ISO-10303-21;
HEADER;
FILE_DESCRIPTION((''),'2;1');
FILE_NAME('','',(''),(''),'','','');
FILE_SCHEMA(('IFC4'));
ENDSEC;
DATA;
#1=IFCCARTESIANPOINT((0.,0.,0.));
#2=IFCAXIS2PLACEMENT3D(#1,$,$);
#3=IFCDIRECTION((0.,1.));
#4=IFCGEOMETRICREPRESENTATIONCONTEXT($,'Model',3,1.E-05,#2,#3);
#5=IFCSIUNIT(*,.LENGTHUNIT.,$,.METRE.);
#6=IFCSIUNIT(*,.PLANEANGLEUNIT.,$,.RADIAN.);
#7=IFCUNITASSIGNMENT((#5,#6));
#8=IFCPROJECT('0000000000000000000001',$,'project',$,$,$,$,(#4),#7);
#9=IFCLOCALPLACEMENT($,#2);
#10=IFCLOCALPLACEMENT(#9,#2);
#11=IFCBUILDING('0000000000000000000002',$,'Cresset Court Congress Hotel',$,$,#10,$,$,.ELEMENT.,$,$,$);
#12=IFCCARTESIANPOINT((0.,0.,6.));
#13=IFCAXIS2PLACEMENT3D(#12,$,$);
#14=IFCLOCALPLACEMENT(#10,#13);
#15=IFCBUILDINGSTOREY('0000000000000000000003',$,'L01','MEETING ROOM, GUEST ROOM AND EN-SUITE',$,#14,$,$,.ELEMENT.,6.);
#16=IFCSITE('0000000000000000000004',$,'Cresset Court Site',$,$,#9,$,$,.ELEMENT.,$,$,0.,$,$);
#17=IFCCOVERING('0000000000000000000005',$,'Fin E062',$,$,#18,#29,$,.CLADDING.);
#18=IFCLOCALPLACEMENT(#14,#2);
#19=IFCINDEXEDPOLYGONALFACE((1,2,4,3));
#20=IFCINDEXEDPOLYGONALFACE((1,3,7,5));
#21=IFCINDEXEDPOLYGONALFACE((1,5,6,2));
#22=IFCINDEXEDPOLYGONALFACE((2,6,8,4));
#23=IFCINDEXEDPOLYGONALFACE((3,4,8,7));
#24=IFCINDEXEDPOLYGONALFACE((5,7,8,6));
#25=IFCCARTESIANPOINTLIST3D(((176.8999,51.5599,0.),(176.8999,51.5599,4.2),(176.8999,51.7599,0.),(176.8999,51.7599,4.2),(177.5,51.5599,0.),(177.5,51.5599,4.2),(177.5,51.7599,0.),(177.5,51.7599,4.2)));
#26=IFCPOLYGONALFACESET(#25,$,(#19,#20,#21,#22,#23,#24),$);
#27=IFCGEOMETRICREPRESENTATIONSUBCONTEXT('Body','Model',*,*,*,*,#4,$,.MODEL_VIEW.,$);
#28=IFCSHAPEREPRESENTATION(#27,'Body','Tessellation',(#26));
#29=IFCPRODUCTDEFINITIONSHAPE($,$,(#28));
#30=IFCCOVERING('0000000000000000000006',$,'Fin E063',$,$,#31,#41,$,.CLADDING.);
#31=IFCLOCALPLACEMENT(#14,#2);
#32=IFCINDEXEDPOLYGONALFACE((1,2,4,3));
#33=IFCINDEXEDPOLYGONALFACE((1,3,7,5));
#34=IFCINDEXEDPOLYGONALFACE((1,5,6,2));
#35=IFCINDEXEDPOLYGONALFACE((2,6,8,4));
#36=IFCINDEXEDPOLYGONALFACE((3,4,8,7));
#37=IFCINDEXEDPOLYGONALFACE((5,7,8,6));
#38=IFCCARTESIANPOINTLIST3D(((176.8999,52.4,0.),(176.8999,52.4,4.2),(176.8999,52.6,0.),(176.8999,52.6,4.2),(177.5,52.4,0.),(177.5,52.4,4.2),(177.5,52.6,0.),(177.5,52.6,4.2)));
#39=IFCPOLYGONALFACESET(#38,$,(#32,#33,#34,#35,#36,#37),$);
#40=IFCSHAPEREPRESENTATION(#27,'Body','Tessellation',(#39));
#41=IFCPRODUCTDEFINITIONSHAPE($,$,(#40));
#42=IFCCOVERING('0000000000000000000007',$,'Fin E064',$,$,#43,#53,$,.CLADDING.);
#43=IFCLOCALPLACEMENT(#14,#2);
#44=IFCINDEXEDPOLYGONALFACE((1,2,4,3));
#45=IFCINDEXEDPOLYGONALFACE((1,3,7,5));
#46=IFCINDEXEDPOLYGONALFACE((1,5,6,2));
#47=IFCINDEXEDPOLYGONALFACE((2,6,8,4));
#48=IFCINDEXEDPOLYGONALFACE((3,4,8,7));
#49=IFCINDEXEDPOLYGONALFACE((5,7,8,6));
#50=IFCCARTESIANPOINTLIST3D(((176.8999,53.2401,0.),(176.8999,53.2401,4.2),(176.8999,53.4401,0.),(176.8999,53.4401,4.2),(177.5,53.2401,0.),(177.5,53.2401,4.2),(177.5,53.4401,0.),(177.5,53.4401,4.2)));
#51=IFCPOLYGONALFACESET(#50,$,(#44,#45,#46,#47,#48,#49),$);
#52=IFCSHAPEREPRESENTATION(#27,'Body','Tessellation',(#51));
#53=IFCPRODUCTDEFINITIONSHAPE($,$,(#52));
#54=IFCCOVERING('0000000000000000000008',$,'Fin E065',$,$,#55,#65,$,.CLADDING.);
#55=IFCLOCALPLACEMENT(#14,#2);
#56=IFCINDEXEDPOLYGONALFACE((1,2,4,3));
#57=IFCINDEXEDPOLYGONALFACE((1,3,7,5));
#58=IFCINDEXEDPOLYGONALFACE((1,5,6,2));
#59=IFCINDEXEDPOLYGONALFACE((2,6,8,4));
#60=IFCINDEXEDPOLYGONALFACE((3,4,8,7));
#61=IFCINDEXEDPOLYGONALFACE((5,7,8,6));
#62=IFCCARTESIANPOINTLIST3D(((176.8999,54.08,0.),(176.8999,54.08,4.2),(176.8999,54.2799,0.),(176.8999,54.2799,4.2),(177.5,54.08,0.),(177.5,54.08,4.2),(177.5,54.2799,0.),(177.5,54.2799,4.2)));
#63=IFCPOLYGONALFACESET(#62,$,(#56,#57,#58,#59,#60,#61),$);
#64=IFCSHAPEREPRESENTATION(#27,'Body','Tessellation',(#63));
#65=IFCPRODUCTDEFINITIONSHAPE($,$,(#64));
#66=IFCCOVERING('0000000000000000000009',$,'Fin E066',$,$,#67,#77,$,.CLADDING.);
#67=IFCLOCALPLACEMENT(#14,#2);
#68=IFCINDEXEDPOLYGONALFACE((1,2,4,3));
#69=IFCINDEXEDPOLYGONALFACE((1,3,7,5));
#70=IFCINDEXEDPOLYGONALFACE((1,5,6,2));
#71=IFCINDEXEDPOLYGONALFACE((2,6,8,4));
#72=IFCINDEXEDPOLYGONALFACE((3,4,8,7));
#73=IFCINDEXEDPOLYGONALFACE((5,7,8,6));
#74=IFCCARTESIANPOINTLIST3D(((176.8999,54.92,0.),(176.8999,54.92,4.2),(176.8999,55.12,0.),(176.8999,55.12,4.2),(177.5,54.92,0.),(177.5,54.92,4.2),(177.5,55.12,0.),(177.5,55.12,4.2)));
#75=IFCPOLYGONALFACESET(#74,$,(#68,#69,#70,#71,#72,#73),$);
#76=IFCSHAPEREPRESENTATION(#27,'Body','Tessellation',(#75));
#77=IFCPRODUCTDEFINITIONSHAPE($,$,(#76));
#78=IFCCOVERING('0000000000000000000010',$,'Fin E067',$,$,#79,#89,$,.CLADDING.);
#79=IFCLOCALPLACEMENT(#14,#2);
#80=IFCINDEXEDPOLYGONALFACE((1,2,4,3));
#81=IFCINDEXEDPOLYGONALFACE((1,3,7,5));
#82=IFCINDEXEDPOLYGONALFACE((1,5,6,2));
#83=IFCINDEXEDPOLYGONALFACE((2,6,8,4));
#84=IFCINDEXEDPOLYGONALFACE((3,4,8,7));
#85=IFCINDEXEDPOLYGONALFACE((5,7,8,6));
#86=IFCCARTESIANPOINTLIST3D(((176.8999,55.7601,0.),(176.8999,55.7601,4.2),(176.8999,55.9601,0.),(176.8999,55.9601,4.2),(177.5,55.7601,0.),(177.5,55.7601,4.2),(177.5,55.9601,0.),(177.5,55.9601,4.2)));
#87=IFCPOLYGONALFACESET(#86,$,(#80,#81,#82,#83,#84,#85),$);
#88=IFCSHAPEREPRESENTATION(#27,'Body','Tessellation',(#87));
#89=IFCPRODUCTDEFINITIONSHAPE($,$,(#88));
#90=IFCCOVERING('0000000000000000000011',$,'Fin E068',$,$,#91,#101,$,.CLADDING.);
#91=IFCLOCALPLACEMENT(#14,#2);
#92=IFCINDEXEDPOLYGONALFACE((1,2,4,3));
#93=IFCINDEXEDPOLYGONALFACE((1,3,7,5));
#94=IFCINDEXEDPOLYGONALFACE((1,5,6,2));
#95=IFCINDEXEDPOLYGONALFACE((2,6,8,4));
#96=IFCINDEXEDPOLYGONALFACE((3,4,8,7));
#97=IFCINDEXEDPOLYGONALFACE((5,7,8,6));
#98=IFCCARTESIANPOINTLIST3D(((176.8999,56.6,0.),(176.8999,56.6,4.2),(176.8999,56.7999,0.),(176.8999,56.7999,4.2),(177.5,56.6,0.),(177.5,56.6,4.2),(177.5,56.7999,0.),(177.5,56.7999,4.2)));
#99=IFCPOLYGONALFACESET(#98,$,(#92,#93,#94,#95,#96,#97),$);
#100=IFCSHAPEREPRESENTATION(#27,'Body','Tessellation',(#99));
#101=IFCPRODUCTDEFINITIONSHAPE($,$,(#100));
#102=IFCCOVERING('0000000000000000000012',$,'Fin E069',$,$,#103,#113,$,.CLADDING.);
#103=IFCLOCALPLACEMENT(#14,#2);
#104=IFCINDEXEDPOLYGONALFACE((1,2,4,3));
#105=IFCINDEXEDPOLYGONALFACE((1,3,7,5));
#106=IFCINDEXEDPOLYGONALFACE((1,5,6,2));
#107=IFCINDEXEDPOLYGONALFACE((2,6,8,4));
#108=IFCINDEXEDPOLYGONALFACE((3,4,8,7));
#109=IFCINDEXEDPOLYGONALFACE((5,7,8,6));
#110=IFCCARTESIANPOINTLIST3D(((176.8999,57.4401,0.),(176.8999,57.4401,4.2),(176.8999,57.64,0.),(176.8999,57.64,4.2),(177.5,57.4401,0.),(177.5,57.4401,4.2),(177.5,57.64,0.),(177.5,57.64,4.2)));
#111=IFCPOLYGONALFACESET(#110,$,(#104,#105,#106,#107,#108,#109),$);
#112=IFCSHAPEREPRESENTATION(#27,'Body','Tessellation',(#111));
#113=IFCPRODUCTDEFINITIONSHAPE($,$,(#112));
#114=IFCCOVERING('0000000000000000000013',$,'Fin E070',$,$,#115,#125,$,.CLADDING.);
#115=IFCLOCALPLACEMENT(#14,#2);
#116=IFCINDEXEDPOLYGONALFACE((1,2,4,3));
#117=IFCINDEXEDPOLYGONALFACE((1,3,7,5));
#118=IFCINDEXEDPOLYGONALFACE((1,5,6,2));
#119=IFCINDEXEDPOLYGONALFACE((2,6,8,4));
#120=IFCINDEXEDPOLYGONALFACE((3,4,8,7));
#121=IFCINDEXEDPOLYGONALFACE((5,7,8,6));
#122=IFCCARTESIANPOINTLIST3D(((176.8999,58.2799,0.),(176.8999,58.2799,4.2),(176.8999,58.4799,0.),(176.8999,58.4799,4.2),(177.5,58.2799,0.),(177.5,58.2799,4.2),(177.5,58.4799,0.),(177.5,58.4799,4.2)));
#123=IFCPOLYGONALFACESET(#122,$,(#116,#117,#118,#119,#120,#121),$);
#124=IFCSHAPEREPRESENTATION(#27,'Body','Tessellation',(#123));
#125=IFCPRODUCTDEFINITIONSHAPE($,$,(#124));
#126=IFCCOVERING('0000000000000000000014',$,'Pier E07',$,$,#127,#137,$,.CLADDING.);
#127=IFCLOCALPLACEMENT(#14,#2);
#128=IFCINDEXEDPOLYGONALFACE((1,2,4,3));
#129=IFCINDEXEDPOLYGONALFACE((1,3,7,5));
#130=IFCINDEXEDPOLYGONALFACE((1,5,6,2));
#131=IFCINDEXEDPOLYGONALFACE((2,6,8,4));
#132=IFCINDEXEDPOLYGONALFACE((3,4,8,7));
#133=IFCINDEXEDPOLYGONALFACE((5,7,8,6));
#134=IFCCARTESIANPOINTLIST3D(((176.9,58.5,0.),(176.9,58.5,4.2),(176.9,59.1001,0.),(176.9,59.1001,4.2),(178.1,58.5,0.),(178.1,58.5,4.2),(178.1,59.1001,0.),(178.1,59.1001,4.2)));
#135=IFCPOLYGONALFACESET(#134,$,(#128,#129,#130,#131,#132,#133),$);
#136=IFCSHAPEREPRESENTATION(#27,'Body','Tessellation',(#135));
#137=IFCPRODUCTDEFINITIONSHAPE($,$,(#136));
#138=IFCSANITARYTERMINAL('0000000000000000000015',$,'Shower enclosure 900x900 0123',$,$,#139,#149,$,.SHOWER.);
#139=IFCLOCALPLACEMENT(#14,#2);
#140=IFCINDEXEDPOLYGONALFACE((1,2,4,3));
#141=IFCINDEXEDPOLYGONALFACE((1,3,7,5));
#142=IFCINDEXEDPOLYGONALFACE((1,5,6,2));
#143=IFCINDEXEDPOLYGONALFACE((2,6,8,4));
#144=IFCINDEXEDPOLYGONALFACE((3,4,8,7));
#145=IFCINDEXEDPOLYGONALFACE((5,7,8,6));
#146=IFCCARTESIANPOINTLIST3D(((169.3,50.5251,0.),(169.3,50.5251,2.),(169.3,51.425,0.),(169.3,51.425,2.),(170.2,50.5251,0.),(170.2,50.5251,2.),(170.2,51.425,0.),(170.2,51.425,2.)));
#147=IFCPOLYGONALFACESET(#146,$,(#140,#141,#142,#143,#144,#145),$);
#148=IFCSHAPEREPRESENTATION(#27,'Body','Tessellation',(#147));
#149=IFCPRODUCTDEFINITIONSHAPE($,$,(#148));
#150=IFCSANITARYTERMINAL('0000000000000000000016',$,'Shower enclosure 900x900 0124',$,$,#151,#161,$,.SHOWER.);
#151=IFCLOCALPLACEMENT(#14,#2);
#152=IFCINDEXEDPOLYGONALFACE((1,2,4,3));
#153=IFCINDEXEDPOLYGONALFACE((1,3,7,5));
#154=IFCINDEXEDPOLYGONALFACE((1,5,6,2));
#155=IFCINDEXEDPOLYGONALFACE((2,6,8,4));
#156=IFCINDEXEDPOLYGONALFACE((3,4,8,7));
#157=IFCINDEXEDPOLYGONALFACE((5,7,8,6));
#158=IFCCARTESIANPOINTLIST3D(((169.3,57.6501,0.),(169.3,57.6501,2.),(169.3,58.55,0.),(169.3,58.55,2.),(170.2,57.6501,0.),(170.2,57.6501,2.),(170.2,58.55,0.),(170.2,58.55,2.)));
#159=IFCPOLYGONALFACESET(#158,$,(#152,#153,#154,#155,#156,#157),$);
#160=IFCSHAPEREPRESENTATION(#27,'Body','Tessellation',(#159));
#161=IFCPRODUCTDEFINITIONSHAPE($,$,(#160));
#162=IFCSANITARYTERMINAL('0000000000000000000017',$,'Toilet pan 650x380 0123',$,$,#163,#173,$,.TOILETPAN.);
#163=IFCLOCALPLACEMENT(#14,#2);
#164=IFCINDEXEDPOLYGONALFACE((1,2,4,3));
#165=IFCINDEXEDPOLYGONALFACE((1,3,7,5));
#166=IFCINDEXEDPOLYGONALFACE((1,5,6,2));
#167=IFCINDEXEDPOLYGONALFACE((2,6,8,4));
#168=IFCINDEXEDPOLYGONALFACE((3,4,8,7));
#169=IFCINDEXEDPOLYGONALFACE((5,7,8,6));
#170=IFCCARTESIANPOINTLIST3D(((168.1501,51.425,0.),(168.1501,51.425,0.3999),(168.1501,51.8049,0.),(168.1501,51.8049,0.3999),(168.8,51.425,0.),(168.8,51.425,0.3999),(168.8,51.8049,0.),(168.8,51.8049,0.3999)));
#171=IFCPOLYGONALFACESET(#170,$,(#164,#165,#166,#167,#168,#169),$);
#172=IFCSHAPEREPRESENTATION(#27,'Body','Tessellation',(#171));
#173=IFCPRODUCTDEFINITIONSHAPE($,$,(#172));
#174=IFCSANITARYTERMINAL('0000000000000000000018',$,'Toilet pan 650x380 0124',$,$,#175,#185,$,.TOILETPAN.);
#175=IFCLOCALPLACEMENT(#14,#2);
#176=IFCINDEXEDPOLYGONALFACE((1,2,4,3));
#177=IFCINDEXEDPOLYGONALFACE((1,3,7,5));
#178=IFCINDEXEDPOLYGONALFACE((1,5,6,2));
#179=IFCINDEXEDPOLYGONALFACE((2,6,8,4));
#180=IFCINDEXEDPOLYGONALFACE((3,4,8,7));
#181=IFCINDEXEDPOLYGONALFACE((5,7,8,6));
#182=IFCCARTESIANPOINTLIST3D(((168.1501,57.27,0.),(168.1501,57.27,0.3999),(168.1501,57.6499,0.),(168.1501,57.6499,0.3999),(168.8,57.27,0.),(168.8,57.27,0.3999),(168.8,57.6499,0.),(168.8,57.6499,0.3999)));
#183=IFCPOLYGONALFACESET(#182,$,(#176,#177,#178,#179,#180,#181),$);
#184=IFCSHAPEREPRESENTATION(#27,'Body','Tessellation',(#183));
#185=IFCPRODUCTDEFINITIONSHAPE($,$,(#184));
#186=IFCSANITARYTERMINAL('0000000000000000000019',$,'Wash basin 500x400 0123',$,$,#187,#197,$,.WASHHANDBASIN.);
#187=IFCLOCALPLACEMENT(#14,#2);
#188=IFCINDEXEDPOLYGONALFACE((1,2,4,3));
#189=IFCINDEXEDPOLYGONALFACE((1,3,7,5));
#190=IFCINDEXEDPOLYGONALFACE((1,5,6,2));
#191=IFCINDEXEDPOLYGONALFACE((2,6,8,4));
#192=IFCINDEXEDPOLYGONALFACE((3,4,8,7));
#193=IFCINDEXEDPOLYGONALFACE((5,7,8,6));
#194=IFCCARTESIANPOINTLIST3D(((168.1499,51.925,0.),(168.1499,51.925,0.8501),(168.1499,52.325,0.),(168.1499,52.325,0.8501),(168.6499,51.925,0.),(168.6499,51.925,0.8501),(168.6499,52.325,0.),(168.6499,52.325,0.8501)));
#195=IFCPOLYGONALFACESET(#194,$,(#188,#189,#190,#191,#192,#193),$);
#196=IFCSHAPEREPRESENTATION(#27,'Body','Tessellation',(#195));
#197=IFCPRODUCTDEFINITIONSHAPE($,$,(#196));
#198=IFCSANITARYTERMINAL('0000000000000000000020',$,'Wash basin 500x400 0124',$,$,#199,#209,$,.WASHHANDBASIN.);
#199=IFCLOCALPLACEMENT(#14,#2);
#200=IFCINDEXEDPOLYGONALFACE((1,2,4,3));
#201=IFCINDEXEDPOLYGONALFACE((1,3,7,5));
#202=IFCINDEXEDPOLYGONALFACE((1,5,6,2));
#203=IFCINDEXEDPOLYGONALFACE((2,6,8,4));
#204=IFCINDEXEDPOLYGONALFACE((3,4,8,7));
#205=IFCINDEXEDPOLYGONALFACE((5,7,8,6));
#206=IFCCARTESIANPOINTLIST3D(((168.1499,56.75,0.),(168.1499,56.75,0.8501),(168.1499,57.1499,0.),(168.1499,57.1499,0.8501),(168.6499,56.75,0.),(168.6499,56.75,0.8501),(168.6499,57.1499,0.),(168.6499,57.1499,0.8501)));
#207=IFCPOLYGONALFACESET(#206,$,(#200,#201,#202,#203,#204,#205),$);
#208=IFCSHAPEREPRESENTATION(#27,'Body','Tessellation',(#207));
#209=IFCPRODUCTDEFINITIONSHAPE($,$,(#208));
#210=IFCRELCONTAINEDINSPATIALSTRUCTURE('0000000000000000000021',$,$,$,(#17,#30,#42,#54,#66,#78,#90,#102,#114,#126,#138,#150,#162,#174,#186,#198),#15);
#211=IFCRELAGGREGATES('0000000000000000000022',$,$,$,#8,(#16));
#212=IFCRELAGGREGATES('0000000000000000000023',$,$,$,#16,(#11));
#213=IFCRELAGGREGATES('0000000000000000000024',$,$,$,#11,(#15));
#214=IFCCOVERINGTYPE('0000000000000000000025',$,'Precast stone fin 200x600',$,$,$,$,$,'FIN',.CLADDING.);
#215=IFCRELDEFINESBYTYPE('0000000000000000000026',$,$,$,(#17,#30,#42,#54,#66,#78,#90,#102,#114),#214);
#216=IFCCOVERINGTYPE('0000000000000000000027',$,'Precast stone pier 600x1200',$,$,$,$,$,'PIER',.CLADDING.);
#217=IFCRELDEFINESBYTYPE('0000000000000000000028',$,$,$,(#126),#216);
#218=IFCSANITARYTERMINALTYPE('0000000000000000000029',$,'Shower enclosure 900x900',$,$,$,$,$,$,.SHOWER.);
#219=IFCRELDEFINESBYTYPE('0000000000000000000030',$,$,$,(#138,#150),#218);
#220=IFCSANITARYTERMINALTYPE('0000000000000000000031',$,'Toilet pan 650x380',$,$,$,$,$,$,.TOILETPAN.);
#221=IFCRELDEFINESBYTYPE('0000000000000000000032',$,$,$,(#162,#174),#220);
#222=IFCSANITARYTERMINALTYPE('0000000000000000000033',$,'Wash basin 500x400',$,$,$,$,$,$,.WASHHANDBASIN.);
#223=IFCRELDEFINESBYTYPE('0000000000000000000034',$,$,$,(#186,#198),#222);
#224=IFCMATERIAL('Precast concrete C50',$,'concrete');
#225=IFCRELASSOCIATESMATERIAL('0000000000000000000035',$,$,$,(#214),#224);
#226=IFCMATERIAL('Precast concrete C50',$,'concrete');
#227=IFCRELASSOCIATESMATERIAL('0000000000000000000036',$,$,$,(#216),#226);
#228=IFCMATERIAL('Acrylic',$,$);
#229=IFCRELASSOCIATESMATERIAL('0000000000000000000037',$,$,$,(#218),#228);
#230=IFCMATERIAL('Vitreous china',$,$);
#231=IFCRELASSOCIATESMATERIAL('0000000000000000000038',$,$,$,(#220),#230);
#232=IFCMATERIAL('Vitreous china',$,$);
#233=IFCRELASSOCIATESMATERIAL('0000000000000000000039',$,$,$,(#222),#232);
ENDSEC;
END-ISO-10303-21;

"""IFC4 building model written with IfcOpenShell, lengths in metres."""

from ifc_helpers import new_model, si_unit, direction, frame, origin, origin_2d, place, context, subcontext, project, spatial, rectangle, extrude, material, type_object, element, save


model = new_model("IFC4")

# Units and contexts
model_context = context("Model", 3, precision=1e-05, world=origin(), true_north=direction((0.0, 1.0)))
body_context = subcontext(model_context, "Body", "Model", "MODEL_VIEW")
ifc_project = project(units=[si_unit("LENGTHUNIT", "METRE"), si_unit("PLANEANGLEUNIT", "RADIAN")], contexts=[model_context])

# Site, building, storey
site_placement = place(None, origin())
site = spatial("IfcSite", under=ifc_project, at=site_placement, Name="Cresset Court Site", CompositionType="ELEMENT", RefElevation=0.0)
building_placement = place(site_placement, origin())
building = spatial("IfcBuilding", under=site, at=building_placement, Name="Cresset Court Congress Hotel", CompositionType="ELEMENT")
storey_placement = place(building_placement, frame((0.0, 0.0, 6.0)))
storey = spatial("IfcBuildingStorey", under=building, at=storey_placement, Name="L01", Description="MEETING ROOM, GUEST ROOM AND EN-SUITE", CompositionType="ELEMENT", Elevation=6.0)

# Coverings
ifc_material_1 = material(Name="Precast concrete C50", Category="concrete")
covering_type_1 = type_object("IfcCoveringType", Name="Precast stone fin 200x600", ElementType="FIN", PredefinedType="CLADDING", material=ifc_material_1)
for number, where, z_axis, x_axis, name in (
    (1, (177.2, 51.6599, 0.0), (0.0, 0.0, 1.0), (1.0, 0.0, 0.0), "Fin E062"),
    (2, (177.2, 52.5, 0.0), (0.0, 0.0, 1.0), (1.0, 0.0, 0.0), "Fin E063"),
    (3, (177.2, 53.3401, 0.0), (0.0, 0.0, 1.0), (1.0, 0.0, 0.0), "Fin E064"),
    (4, (177.2, 54.1799, 0.0), (0.0, 0.0, 1.0), (1.0, 0.0, 0.0), "Fin E065"),
    (5, (177.2, 55.02, 0.0), (0.0, 0.0, 1.0), (1.0, 0.0, 0.0), "Fin E066"),
    (6, (177.2, 55.8601, 0.0), (0.0, 0.0, 1.0), (1.0, 0.0, 0.0), "Fin E067"),
    (7, (177.2, 56.7, 0.0), (0.0, 0.0, 1.0), (1.0, 0.0, 0.0), "Fin E068"),
    (8, (177.2, 57.54, 0.0), (0.0, 0.0, 1.0), (1.0, 0.0, 0.0), "Fin E069"),
    (9, (177.2, 58.3799, 0.0), (0.0, 0.0, 1.0), (1.0, 0.0, 0.0), "Fin E070"),
):
    element("IfcCovering", number, at=place(storey_placement, frame(where, z_axis=z_axis, x_axis=x_axis)), inside=storey, type_object=covering_type_1, Name=name, PredefinedType="CLADDING", context=body_context, shape_type="SweptSolid", body=[
        extrude(rectangle(XDim=0.6001, YDim=0.2, at=origin_2d()), origin(), (0.0, 0.0, 1.0), 4.2),
    ])
ifc_material_2 = material(Name="Precast concrete C50", Category="concrete")
covering_type_2 = type_object("IfcCoveringType", Name="Precast stone pier 600x1200", ElementType="PIER", PredefinedType="CLADDING", material=ifc_material_2)
covering_placement = place(storey_placement, frame((177.5, 58.8, 0.0), z_axis=(0.0, 0.0, 1.0), x_axis=(1.0, 0.0, 0.0)))
element("IfcCovering", 10, at=covering_placement, inside=storey, type_object=covering_type_2, Name="Pier E07", PredefinedType="CLADDING", context=body_context, shape_type="SweptSolid", body=[
    extrude(rectangle(XDim=1.2, YDim=0.6001, at=origin_2d()), origin(), (0.0, 0.0, 1.0), 4.2),
])

# Sanitary terminals
ifc_material_3 = material(Name="Acrylic")
sanitary_terminal_type_1 = type_object("IfcSanitaryTerminalType", Name="Shower enclosure 900x900", PredefinedType="SHOWER", material=ifc_material_3)
for number, where, z_axis, x_axis, name in (
    (11, (169.75, 50.9751, 0.0), (0.0, 0.0, 1.0), (1.0, 0.0, 0.0), "Shower enclosure 900x900 0123"),
    (12, (169.75, 58.1001, 0.0), (0.0, 0.0, 1.0), (1.0, 0.0, 0.0), "Shower enclosure 900x900 0124"),
):
    element("IfcSanitaryTerminal", number, at=place(storey_placement, frame(where, z_axis=z_axis, x_axis=x_axis)), inside=storey, type_object=sanitary_terminal_type_1, Name=name, PredefinedType="SHOWER", context=body_context, shape_type="SweptSolid", body=[
        extrude(rectangle(XDim=0.8999, YDim=0.8999, at=origin_2d()), origin(), (0.0, 0.0, 1.0), 2.0),
    ])
ifc_material_4 = material(Name="Vitreous china")
sanitary_terminal_type_2 = type_object("IfcSanitaryTerminalType", Name="Toilet pan 650x380", PredefinedType="TOILETPAN", material=ifc_material_4)
for number, where, z_axis, x_axis, name in (
    (13, (168.4751, 51.615, 0.0), (0.0, 0.0, 1.0), (1.0, 0.0, 0.0), "Toilet pan 650x380 0123"),
    (14, (168.4751, 57.46, 0.0), (0.0, 0.0, 1.0), (1.0, 0.0, 0.0), "Toilet pan 650x380 0124"),
):
    element("IfcSanitaryTerminal", number, at=place(storey_placement, frame(where, z_axis=z_axis, x_axis=x_axis)), inside=storey, type_object=sanitary_terminal_type_2, Name=name, PredefinedType="TOILETPAN", context=body_context, shape_type="SweptSolid", body=[
        extrude(rectangle(XDim=0.6499, YDim=0.3799, at=origin_2d()), origin(), (0.0, 0.0, 1.0), 0.3999),
    ])
ifc_material_5 = material(Name="Vitreous china")
sanitary_terminal_type_3 = type_object("IfcSanitaryTerminalType", Name="Wash basin 500x400", PredefinedType="WASHHANDBASIN", material=ifc_material_5)
for number, where, z_axis, x_axis, name in (
    (15, (168.3999, 52.125, 0.0), (0.0, 0.0, 1.0), (1.0, 0.0, 0.0), "Wash basin 500x400 0123"),
    (16, (168.3999, 56.95, 0.0), (0.0, 0.0, 1.0), (1.0, 0.0, 0.0), "Wash basin 500x400 0124"),
):
    element("IfcSanitaryTerminal", number, at=place(storey_placement, frame(where, z_axis=z_axis, x_axis=x_axis)), inside=storey, type_object=sanitary_terminal_type_3, Name=name, PredefinedType="WASHHANDBASIN", context=body_context, shape_type="SweptSolid", body=[
        extrude(rectangle(XDim=0.5, YDim=0.3999, at=origin_2d()), origin(), (0.0, 0.0, 1.0), 0.8501),
    ])

save(model, "model.ifc")
